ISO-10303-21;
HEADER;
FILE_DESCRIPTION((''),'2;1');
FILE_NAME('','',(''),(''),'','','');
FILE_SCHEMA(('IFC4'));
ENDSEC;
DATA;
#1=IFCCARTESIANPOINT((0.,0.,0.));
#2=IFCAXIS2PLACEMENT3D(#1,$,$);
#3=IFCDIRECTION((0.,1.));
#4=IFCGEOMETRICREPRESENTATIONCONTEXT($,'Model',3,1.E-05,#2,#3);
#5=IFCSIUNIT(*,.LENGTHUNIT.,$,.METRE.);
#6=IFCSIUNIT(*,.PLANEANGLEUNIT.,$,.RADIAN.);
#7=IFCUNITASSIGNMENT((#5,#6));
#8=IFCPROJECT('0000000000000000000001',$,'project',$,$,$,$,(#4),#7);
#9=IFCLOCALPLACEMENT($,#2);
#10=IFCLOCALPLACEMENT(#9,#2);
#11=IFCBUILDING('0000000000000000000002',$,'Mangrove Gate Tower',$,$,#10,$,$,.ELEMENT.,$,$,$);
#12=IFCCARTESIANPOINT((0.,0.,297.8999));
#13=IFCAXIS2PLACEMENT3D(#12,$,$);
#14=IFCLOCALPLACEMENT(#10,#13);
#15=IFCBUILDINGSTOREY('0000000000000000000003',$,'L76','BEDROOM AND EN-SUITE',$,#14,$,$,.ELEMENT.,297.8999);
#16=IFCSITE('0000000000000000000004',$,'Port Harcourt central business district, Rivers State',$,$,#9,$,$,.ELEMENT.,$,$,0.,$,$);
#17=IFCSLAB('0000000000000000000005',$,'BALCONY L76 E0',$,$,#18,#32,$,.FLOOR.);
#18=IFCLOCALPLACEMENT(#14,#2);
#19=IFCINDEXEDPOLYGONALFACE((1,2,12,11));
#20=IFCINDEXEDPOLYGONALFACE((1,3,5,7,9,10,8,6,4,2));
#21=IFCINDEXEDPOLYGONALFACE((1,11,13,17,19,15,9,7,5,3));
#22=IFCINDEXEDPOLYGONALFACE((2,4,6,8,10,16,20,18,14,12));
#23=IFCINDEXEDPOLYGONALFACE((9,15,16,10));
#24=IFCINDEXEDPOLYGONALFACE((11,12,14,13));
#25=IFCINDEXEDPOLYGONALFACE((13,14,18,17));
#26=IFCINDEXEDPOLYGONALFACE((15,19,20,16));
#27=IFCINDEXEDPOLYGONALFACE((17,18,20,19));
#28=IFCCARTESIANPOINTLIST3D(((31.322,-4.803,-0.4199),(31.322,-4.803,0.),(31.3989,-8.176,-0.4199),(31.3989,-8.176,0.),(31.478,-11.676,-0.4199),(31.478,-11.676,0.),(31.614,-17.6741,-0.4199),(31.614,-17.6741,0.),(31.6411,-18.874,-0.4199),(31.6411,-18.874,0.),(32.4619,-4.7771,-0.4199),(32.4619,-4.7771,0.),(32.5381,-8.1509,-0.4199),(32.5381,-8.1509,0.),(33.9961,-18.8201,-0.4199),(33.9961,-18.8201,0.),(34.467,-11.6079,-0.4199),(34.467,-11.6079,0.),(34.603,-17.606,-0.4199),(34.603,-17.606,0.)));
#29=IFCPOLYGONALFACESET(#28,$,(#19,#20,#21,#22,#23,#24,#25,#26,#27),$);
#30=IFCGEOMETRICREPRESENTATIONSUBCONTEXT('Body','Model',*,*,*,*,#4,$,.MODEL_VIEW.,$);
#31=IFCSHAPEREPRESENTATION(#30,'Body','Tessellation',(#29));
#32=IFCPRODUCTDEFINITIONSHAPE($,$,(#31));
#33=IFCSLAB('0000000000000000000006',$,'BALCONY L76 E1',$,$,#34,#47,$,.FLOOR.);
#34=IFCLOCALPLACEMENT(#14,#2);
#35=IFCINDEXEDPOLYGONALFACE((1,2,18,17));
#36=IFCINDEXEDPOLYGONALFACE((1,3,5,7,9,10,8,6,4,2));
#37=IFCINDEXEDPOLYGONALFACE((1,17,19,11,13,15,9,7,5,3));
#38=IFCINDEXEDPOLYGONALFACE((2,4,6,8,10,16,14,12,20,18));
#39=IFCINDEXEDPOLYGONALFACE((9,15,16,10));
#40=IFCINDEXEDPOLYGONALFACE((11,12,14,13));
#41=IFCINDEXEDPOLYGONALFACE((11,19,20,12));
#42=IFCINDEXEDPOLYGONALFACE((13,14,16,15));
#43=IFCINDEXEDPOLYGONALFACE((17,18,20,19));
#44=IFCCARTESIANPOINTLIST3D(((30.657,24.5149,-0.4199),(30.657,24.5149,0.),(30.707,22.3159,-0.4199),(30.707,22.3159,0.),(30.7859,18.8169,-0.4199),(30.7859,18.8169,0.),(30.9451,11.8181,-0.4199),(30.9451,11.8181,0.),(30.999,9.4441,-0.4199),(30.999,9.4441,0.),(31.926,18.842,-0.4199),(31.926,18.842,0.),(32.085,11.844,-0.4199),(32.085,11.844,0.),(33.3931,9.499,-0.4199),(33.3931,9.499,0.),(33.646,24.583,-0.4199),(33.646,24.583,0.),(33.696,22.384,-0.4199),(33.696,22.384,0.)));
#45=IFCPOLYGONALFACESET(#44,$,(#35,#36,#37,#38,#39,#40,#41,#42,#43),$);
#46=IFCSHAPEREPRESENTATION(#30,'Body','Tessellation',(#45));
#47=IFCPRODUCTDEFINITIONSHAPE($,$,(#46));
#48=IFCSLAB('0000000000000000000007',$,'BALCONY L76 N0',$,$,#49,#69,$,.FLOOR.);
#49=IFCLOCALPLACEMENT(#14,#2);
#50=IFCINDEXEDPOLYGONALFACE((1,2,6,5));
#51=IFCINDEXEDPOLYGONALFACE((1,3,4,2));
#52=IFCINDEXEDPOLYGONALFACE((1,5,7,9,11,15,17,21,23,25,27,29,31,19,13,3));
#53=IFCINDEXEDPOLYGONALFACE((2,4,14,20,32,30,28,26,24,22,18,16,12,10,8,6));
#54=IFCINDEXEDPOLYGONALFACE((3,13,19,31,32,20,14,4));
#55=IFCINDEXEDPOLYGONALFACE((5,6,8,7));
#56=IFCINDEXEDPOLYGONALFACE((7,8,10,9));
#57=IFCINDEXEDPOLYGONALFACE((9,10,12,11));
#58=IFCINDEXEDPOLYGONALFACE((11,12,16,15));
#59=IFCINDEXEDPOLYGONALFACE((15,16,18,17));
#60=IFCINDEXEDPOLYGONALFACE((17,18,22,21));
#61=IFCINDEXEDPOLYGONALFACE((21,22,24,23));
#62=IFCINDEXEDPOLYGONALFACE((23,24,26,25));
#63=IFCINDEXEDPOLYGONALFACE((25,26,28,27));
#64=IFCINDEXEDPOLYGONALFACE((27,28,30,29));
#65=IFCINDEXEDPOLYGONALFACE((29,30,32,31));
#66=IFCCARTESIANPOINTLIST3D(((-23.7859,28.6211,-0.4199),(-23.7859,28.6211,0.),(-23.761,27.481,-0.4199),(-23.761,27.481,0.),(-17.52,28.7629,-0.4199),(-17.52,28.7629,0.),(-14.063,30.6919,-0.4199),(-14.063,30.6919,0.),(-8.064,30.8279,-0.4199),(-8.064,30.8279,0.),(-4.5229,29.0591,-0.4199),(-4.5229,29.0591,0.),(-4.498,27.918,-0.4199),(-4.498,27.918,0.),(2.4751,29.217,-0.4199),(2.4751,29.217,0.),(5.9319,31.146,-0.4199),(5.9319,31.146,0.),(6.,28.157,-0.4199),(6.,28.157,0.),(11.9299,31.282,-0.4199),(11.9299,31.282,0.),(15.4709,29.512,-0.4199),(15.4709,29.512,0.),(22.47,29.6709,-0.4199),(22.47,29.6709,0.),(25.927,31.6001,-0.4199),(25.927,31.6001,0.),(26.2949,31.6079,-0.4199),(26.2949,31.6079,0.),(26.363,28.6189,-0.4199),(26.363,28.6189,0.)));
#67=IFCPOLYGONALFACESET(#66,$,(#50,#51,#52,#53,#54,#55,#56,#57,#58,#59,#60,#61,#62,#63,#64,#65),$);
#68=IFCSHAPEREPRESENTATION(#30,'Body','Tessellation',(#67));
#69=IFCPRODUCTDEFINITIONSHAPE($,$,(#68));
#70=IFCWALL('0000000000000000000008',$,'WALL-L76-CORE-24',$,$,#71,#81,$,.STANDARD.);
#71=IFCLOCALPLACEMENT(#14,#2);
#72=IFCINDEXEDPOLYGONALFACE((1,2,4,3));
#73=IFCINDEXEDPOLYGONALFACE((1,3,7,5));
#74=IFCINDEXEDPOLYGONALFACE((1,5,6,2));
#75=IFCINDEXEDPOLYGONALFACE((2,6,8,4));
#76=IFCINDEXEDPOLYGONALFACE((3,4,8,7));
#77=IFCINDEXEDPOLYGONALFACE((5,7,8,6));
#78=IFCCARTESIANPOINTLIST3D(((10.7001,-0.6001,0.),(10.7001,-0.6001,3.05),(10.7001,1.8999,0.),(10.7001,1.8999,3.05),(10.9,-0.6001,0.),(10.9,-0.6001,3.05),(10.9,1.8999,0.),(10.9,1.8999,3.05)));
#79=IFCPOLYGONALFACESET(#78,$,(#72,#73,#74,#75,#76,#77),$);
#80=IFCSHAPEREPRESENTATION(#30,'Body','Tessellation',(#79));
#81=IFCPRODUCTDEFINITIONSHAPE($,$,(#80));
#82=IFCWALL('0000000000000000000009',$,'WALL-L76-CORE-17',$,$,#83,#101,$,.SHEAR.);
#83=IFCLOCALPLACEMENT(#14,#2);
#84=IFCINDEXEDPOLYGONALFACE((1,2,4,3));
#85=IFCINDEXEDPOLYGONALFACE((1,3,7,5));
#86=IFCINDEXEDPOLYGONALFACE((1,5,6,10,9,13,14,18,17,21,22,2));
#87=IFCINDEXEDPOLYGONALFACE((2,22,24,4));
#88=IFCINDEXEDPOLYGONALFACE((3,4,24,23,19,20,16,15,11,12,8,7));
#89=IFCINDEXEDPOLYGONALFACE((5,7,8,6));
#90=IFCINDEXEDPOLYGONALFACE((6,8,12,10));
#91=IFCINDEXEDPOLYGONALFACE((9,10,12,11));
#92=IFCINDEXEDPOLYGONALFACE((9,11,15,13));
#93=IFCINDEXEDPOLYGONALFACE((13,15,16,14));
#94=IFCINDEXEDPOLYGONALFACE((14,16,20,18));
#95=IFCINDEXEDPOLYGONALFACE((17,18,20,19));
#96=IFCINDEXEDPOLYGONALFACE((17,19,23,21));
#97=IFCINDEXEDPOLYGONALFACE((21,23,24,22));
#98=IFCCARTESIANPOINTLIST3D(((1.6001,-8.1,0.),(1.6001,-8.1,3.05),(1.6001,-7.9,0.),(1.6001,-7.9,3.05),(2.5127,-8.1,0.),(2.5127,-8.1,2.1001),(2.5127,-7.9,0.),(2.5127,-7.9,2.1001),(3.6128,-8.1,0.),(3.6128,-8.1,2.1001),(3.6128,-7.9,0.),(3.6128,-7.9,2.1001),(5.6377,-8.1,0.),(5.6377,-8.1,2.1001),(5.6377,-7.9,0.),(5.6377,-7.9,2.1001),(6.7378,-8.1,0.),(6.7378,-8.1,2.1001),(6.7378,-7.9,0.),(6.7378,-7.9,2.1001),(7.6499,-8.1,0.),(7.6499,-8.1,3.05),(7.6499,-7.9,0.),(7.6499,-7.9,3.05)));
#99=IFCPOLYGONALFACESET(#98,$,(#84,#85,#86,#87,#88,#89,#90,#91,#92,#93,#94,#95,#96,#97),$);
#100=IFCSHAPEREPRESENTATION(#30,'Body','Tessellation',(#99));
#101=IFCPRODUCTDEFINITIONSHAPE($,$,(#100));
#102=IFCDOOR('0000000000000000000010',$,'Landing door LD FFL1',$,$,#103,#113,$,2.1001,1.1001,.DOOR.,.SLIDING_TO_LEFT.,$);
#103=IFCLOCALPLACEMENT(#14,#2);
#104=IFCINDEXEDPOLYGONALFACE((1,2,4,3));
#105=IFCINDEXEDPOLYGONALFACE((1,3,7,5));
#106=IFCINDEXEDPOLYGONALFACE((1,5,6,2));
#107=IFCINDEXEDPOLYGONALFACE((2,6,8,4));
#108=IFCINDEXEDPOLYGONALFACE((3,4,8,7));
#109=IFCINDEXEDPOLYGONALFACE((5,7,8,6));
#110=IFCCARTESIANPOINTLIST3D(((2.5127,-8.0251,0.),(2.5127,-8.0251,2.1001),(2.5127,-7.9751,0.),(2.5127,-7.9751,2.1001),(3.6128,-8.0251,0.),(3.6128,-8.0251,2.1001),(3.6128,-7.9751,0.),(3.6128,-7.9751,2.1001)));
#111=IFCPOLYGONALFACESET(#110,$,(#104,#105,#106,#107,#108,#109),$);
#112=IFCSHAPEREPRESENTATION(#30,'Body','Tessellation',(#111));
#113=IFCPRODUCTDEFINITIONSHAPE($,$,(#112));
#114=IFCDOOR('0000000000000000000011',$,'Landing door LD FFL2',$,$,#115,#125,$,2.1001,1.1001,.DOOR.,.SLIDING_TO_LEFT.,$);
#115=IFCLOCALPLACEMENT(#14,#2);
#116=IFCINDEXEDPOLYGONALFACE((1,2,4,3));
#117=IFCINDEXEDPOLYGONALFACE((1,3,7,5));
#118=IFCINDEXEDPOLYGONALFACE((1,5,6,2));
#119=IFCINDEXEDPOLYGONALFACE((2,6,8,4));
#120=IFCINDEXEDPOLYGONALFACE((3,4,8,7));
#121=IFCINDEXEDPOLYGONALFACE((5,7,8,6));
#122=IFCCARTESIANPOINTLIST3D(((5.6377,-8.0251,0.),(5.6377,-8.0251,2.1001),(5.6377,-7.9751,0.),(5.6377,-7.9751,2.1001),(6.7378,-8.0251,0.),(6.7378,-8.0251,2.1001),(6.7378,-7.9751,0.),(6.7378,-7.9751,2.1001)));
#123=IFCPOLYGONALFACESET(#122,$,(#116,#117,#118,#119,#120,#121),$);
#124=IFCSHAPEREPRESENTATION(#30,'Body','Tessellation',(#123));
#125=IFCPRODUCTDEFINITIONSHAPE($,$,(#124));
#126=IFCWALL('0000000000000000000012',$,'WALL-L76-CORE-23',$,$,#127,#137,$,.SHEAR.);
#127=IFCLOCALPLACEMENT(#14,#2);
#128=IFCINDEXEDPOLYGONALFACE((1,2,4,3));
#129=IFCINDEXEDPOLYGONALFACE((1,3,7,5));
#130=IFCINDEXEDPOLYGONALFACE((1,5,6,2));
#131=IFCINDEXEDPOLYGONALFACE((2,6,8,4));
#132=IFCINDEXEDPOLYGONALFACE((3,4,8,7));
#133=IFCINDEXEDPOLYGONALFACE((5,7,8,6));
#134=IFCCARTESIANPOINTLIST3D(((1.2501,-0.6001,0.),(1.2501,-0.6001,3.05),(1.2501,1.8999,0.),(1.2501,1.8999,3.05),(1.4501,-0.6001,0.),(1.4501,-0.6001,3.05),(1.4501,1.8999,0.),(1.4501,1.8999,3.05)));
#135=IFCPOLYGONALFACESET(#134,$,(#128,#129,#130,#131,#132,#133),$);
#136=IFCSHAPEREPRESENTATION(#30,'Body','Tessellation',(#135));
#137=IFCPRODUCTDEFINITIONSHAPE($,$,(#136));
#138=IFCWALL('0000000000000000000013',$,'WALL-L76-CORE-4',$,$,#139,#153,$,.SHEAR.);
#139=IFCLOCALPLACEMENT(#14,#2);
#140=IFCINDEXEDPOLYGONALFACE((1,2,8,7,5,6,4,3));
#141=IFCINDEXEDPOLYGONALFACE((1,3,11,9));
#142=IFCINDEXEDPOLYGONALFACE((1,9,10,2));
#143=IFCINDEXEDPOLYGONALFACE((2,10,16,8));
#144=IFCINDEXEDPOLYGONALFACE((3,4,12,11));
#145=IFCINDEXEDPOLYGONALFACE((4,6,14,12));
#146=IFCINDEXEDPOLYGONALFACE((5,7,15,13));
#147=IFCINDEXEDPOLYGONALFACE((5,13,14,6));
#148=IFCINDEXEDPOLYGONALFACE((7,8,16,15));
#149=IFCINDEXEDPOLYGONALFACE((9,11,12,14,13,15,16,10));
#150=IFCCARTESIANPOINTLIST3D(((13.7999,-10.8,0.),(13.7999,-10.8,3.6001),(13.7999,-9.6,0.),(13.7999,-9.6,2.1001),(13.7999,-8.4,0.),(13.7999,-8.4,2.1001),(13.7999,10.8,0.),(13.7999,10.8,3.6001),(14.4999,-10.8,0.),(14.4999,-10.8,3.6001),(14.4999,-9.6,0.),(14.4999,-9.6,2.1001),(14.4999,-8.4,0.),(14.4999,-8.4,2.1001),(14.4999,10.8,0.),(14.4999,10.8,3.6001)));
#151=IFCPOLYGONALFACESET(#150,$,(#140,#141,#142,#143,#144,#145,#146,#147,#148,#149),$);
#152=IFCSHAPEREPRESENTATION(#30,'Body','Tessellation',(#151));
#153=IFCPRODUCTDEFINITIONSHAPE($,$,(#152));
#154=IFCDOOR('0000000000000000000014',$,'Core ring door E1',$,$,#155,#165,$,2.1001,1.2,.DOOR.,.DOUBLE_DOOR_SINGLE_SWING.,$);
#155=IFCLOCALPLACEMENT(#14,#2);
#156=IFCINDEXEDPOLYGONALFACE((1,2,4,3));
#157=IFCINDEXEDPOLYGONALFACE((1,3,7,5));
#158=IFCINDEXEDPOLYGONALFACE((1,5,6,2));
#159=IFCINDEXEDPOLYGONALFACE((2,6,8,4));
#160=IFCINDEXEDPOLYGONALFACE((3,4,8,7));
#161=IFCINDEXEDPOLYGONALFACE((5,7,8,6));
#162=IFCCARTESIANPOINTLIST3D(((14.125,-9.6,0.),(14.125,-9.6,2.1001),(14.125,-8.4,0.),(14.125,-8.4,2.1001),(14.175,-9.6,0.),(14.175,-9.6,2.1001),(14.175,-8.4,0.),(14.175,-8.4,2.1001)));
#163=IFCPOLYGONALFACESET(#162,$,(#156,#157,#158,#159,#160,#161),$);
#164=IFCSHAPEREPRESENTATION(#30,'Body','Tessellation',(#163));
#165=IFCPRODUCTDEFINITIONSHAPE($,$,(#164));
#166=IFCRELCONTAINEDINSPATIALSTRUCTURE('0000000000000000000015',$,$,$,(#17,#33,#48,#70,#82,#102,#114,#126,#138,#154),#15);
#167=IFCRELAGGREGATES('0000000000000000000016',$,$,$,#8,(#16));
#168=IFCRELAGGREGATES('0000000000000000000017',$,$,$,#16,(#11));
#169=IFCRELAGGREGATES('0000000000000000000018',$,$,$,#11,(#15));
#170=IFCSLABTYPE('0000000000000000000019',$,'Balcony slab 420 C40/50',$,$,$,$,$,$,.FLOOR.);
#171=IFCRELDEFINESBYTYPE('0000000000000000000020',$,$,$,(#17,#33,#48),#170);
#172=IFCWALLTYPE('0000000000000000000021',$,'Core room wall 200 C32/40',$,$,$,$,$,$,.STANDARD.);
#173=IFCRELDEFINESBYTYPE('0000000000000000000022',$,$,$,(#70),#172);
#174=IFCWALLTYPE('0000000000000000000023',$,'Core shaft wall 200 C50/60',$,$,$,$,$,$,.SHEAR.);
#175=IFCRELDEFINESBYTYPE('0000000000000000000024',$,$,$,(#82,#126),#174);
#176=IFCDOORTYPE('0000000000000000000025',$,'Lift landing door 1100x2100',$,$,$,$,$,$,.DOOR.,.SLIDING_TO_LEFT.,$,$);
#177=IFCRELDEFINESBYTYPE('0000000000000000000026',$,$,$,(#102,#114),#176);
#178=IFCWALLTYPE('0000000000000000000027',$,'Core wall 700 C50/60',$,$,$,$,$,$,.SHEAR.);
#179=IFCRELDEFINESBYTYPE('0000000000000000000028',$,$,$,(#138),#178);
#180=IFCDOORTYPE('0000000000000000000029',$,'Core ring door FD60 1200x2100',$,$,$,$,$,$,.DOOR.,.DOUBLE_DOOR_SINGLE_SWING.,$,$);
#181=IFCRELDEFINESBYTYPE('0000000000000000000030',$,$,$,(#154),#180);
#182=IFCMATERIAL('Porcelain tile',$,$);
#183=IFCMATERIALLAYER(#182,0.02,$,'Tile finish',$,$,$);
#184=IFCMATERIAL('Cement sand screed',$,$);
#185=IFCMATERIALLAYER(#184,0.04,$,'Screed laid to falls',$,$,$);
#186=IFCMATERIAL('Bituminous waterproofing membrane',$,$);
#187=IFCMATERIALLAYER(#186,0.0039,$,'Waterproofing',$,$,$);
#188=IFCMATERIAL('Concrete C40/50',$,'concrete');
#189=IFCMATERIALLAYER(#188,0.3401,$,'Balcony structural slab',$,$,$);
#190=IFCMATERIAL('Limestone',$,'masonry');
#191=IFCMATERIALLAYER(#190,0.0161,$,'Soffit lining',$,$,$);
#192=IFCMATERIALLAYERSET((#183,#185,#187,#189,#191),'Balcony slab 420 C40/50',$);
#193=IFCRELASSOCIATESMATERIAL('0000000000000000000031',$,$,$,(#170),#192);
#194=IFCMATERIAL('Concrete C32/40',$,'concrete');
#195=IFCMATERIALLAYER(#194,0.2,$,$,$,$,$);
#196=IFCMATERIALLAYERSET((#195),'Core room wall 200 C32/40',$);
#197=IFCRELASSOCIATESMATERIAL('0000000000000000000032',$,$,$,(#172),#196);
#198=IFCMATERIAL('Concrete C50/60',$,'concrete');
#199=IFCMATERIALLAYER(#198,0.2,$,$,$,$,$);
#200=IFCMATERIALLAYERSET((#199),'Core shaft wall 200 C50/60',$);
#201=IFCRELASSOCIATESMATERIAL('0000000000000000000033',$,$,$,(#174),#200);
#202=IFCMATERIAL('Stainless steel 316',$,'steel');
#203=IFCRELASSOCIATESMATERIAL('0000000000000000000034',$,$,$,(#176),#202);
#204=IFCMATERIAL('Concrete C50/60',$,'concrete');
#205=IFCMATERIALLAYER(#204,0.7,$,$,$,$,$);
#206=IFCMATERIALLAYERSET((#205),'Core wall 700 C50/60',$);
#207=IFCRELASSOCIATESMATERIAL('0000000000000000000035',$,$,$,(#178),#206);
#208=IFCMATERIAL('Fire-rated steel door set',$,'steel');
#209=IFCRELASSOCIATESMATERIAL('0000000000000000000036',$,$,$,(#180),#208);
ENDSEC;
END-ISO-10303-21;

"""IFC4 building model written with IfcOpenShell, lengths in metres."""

from ifc_helpers import new_model, si_unit, direction, frame, frame_2d, origin, place, context, subcontext, project, spatial, polyline, rectangle, outline, extrude, material, layer, layer_set, type_object, element, fill, save


model = new_model("IFC4")

# Units and contexts
model_context = context("Model", 3, precision=1e-05, world=origin(), true_north=direction((0.0, 1.0)))
body_context = subcontext(model_context, "Body", "Model", "MODEL_VIEW")
ifc_project = project(units=[si_unit("LENGTHUNIT", "METRE"), si_unit("PLANEANGLEUNIT", "RADIAN")], contexts=[model_context])

# Site, building, storey
site_placement = place(None, origin())
site = spatial("IfcSite", under=ifc_project, at=site_placement, Name="Port Harcourt central business district, Rivers State", CompositionType="ELEMENT", RefElevation=0.0)
building_placement = place(site_placement, origin())
building = spatial("IfcBuilding", under=site, at=building_placement, Name="Mangrove Gate Tower", CompositionType="ELEMENT")
storey_placement = place(building_placement, frame((0.0, 0.0, 297.8999)))
storey = spatial("IfcBuildingStorey", under=building, at=storey_placement, Name="L76", Description="BEDROOM AND EN-SUITE", CompositionType="ELEMENT", Elevation=297.8999)

# Slabs
ifc_material_1 = material(Name="Porcelain tile")
ifc_layer_1 = layer(ifc_material_1, 0.02, Name="Tile finish")
ifc_material_2 = material(Name="Cement sand screed")
ifc_layer_2 = layer(ifc_material_2, 0.04, Name="Screed laid to falls")
ifc_material_3 = material(Name="Bituminous waterproofing membrane")
ifc_layer_3 = layer(ifc_material_3, 0.0039, Name="Waterproofing")
ifc_material_4 = material(Name="Concrete C40/50", Category="concrete")
ifc_layer_4 = layer(ifc_material_4, 0.3401, Name="Balcony structural slab")
ifc_material_5 = material(Name="Limestone", Category="masonry")
ifc_layer_5 = layer(ifc_material_5, 0.0161, Name="Soffit lining")
ifc_layer_set_1 = layer_set([ifc_layer_1, ifc_layer_2, ifc_layer_3, ifc_layer_4, ifc_layer_5], Name="Balcony slab 420 C40/50")
slab_type = type_object("IfcSlabType", Name="Balcony slab 420 C40/50", PredefinedType="FLOOR", material=ifc_layer_set_1)
slab_1_placement = place(storey_placement, frame((0.0, 0.0, -0.4199)))
element("IfcSlab", 1, at=slab_1_placement, inside=storey, type_object=slab_type, Name="BALCONY L76 E0", PredefinedType="FLOOR", context=body_context, shape_type="SweptSolid", body=[
    extrude(outline(polyline([(33.9961, -18.8201), (34.603, -17.606), (34.467, -11.6079), (32.5381, -8.1509), (32.4619, -4.7771), (31.322, -4.803), (31.3989, -8.176), (31.478, -11.676), (31.614, -17.6741), (31.6411, -18.874), (33.9961, -18.8201)])), origin(), (0.0, 0.0, 1.0), 0.4199),
])
slab_2_placement = place(storey_placement, frame((0.0, 0.0, -0.4199)))
element("IfcSlab", 2, at=slab_2_placement, inside=storey, type_object=slab_type, Name="BALCONY L76 E1", PredefinedType="FLOOR", context=body_context, shape_type="SweptSolid", body=[
    extrude(outline(polyline([(33.3931, 9.499), (32.085, 11.844), (31.926, 18.842), (33.696, 22.384), (33.646, 24.583), (30.657, 24.5149), (30.707, 22.3159), (30.7859, 18.8169), (30.9451, 11.8181), (30.999, 9.4441), (33.3931, 9.499)])), origin(), (0.0, 0.0, 1.0), 0.4199),
])
slab_3_placement = place(storey_placement, frame((0.0, 0.0, -0.4199)))
element("IfcSlab", 3, at=slab_3_placement, inside=storey, type_object=slab_type, Name="BALCONY L76 N0", PredefinedType="FLOOR", context=body_context, shape_type="SweptSolid", body=[
    extrude(outline(polyline([(26.2949, 31.6079), (25.927, 31.6001), (22.47, 29.6709), (15.4709, 29.512), (11.9299, 31.282), (5.9319, 31.146), (2.4751, 29.217), (-4.5229, 29.0591), (-8.064, 30.8279), (-14.063, 30.6919), (-17.52, 28.7629), (-23.7859, 28.6211), (-23.761, 27.481), (-4.498, 27.918), (6.0, 28.157), (26.363, 28.6189), (26.2949, 31.6079)])), origin(), (0.0, 0.0, 1.0), 0.4199),
])

# Wall
ifc_material_6 = material(Name="Concrete C32/40", Category="concrete")
ifc_layer_6 = layer(ifc_material_6, 0.2)
ifc_layer_set_2 = layer_set([ifc_layer_6], Name="Core room wall 200 C32/40")
wall_type_1 = type_object("IfcWallType", Name="Core room wall 200 C32/40", PredefinedType="STANDARD", material=ifc_layer_set_2)
wall_1_placement = place(storey_placement, frame((10.8, -0.6001, 0.0), z_axis=(0.0, 0.0, 1.0), x_axis=(0.0, 1.0, 0.0)))
element("IfcWall", 4, at=wall_1_placement, inside=storey, type_object=wall_type_1, Name="WALL-L76-CORE-24", PredefinedType="STANDARD", context=body_context, shape_type="SweptSolid", body=[
    extrude(rectangle(XDim=2.5, YDim=0.2, at=frame_2d((1.25, 0.0))), origin(), (0.0, 0.0, 1.0), 3.05),
])

# Wall, openings, doors
ifc_material_7 = material(Name="Concrete C50/60", Category="concrete")
ifc_layer_7 = layer(ifc_material_7, 0.2)
ifc_layer_set_3 = layer_set([ifc_layer_7], Name="Core shaft wall 200 C50/60")
wall_type_2 = type_object("IfcWallType", Name="Core shaft wall 200 C50/60", PredefinedType="SHEAR", material=ifc_layer_set_3)
wall_2_placement = place(storey_placement, frame((1.6001, -8.0, 0.0), z_axis=(0.0, 0.0, 1.0), x_axis=(1.0, 0.0, 0.0)))
wall_2 = element("IfcWall", 5, at=wall_2_placement, inside=storey, type_object=wall_type_2, Name="WALL-L76-CORE-17", PredefinedType="SHEAR", context=body_context, shape_type="SweptSolid", body=[
    extrude(rectangle(XDim=6.0498, YDim=0.2, at=frame_2d((3.0249, 0.0))), origin(), (0.0, 0.0, 1.0), 3.05),
])
opening_1_placement = place(wall_2_placement, frame((0.9126, 0.0, 0.0)))
opening_1 = element("IfcOpeningElement", 6, at=opening_1_placement, cuts=wall_2, PredefinedType="OPENING", context=body_context, shape_type="SweptSolid", body=[
    extrude(rectangle(XDim=1.1001, YDim=2.1001, at=frame_2d((0.55, 1.05))), frame((0.0, 0.1099, 0.0), z_axis=(0.0, -1.0, 0.0), x_axis=(1.0, 0.0, 0.0)), (0.0, 0.0, 1.0), 0.22),
])
opening_2_placement = place(wall_2_placement, frame((4.0376, 0.0, 0.0)))
opening_2 = element("IfcOpeningElement", 7, at=opening_2_placement, cuts=wall_2, PredefinedType="OPENING", context=body_context, shape_type="SweptSolid", body=[
    extrude(rectangle(XDim=1.1001, YDim=2.1001, at=frame_2d((0.55, 1.05))), frame((0.0, 0.1099, 0.0), z_axis=(0.0, -1.0, 0.0), x_axis=(1.0, 0.0, 0.0)), (0.0, 0.0, 1.0), 0.22),
])
ifc_material_8 = material(Name="Stainless steel 316", Category="steel")
door_type_1 = type_object("IfcDoorType", Name="Lift landing door 1100x2100", OperationType="SLIDING_TO_LEFT", PredefinedType="DOOR", material=ifc_material_8)
door_1_placement = place(opening_1_placement, origin())
door_1 = element("IfcDoor", 8, at=door_1_placement, inside=storey, type_object=door_type_1, Name="Landing door LD FFL1", OperationType="SLIDING_TO_LEFT", OverallHeight=2.1001, OverallWidth=1.1001, PredefinedType="DOOR", context=body_context, shape_type="SweptSolid", body=[
    extrude(rectangle(XDim=1.1001, YDim=2.1001, at=frame_2d((0.55, 1.05))), frame((0.0, 0.0249, 0.0), z_axis=(0.0, -1.0, 0.0), x_axis=(1.0, 0.0, 0.0)), (0.0, 0.0, 1.0), 0.05),
])
fill(opening_1, door_1)
door_2_placement = place(opening_2_placement, origin())
door_2 = element("IfcDoor", 9, at=door_2_placement, inside=storey, type_object=door_type_1, Name="Landing door LD FFL2", OperationType="SLIDING_TO_LEFT", OverallHeight=2.1001, OverallWidth=1.1001, PredefinedType="DOOR", context=body_context, shape_type="SweptSolid", body=[
    extrude(rectangle(XDim=1.1001, YDim=2.1001, at=frame_2d((0.55, 1.05))), frame((0.0, 0.0249, 0.0), z_axis=(0.0, -1.0, 0.0), x_axis=(1.0, 0.0, 0.0)), (0.0, 0.0, 1.0), 0.05),
])
fill(opening_2, door_2)

# Wall
wall_3_placement = place(storey_placement, frame((1.3501, -0.6001, 0.0), z_axis=(0.0, 0.0, 1.0), x_axis=(0.0, 1.0, 0.0)))
element("IfcWall", 10, at=wall_3_placement, inside=storey, type_object=wall_type_2, Name="WALL-L76-CORE-23", PredefinedType="SHEAR", context=body_context, shape_type="SweptSolid", body=[
    extrude(rectangle(XDim=2.5, YDim=0.2, at=frame_2d((1.25, 0.0))), origin(), (0.0, 0.0, 1.0), 3.05),
])

# Wall, opening, door
ifc_material_9 = material(Name="Concrete C50/60", Category="concrete")
ifc_layer_8 = layer(ifc_material_9, 0.7)
ifc_layer_set_4 = layer_set([ifc_layer_8], Name="Core wall 700 C50/60")
wall_type_3 = type_object("IfcWallType", Name="Core wall 700 C50/60", PredefinedType="SHEAR", material=ifc_layer_set_4)
wall_4_placement = place(storey_placement, frame((14.1499, -10.8, 0.0), z_axis=(0.0, 0.0, 1.0), x_axis=(0.0, 1.0, 0.0)))
wall_4 = element("IfcWall", 11, at=wall_4_placement, inside=storey, type_object=wall_type_3, Name="WALL-L76-CORE-4", PredefinedType="SHEAR", context=body_context, shape_type="SweptSolid", body=[
    extrude(rectangle(XDim=21.6001, YDim=0.7, at=frame_2d((10.8, 0.0))), origin(), (0.0, 0.0, 1.0), 3.6001),
])
opening_3_placement = place(wall_4_placement, frame((1.2, 0.0, 0.0)))
opening_3 = element("IfcOpeningElement", 12, at=opening_3_placement, cuts=wall_4, PredefinedType="OPENING", context=body_context, shape_type="SweptSolid", body=[
    extrude(rectangle(XDim=1.2, YDim=2.1001, at=frame_2d((0.6001, 1.05))), frame((0.0, 0.3599, 0.0), z_axis=(0.0, -1.0, 0.0), x_axis=(1.0, 0.0, 0.0)), (0.0, 0.0, 1.0), 0.72),
])
ifc_material_10 = material(Name="Fire-rated steel door set", Category="steel")
door_type_2 = type_object("IfcDoorType", Name="Core ring door FD60 1200x2100", OperationType="DOUBLE_DOOR_SINGLE_SWING", PredefinedType="DOOR", material=ifc_material_10)
door_3_placement = place(opening_3_placement, origin())
door_3 = element("IfcDoor", 13, at=door_3_placement, inside=storey, type_object=door_type_2, Name="Core ring door E1", OperationType="DOUBLE_DOOR_SINGLE_SWING", OverallHeight=2.1001, OverallWidth=1.2, PredefinedType="DOOR", context=body_context, shape_type="SweptSolid", body=[
    extrude(rectangle(XDim=1.2, YDim=2.1001, at=frame_2d((0.6001, 1.05))), frame((0.0, 0.0249, 0.0), z_axis=(0.0, -1.0, 0.0), x_axis=(1.0, 0.0, 0.0)), (0.0, 0.0, 1.0), 0.05),
])
fill(opening_3, door_3)

save(model, "model.ifc")
